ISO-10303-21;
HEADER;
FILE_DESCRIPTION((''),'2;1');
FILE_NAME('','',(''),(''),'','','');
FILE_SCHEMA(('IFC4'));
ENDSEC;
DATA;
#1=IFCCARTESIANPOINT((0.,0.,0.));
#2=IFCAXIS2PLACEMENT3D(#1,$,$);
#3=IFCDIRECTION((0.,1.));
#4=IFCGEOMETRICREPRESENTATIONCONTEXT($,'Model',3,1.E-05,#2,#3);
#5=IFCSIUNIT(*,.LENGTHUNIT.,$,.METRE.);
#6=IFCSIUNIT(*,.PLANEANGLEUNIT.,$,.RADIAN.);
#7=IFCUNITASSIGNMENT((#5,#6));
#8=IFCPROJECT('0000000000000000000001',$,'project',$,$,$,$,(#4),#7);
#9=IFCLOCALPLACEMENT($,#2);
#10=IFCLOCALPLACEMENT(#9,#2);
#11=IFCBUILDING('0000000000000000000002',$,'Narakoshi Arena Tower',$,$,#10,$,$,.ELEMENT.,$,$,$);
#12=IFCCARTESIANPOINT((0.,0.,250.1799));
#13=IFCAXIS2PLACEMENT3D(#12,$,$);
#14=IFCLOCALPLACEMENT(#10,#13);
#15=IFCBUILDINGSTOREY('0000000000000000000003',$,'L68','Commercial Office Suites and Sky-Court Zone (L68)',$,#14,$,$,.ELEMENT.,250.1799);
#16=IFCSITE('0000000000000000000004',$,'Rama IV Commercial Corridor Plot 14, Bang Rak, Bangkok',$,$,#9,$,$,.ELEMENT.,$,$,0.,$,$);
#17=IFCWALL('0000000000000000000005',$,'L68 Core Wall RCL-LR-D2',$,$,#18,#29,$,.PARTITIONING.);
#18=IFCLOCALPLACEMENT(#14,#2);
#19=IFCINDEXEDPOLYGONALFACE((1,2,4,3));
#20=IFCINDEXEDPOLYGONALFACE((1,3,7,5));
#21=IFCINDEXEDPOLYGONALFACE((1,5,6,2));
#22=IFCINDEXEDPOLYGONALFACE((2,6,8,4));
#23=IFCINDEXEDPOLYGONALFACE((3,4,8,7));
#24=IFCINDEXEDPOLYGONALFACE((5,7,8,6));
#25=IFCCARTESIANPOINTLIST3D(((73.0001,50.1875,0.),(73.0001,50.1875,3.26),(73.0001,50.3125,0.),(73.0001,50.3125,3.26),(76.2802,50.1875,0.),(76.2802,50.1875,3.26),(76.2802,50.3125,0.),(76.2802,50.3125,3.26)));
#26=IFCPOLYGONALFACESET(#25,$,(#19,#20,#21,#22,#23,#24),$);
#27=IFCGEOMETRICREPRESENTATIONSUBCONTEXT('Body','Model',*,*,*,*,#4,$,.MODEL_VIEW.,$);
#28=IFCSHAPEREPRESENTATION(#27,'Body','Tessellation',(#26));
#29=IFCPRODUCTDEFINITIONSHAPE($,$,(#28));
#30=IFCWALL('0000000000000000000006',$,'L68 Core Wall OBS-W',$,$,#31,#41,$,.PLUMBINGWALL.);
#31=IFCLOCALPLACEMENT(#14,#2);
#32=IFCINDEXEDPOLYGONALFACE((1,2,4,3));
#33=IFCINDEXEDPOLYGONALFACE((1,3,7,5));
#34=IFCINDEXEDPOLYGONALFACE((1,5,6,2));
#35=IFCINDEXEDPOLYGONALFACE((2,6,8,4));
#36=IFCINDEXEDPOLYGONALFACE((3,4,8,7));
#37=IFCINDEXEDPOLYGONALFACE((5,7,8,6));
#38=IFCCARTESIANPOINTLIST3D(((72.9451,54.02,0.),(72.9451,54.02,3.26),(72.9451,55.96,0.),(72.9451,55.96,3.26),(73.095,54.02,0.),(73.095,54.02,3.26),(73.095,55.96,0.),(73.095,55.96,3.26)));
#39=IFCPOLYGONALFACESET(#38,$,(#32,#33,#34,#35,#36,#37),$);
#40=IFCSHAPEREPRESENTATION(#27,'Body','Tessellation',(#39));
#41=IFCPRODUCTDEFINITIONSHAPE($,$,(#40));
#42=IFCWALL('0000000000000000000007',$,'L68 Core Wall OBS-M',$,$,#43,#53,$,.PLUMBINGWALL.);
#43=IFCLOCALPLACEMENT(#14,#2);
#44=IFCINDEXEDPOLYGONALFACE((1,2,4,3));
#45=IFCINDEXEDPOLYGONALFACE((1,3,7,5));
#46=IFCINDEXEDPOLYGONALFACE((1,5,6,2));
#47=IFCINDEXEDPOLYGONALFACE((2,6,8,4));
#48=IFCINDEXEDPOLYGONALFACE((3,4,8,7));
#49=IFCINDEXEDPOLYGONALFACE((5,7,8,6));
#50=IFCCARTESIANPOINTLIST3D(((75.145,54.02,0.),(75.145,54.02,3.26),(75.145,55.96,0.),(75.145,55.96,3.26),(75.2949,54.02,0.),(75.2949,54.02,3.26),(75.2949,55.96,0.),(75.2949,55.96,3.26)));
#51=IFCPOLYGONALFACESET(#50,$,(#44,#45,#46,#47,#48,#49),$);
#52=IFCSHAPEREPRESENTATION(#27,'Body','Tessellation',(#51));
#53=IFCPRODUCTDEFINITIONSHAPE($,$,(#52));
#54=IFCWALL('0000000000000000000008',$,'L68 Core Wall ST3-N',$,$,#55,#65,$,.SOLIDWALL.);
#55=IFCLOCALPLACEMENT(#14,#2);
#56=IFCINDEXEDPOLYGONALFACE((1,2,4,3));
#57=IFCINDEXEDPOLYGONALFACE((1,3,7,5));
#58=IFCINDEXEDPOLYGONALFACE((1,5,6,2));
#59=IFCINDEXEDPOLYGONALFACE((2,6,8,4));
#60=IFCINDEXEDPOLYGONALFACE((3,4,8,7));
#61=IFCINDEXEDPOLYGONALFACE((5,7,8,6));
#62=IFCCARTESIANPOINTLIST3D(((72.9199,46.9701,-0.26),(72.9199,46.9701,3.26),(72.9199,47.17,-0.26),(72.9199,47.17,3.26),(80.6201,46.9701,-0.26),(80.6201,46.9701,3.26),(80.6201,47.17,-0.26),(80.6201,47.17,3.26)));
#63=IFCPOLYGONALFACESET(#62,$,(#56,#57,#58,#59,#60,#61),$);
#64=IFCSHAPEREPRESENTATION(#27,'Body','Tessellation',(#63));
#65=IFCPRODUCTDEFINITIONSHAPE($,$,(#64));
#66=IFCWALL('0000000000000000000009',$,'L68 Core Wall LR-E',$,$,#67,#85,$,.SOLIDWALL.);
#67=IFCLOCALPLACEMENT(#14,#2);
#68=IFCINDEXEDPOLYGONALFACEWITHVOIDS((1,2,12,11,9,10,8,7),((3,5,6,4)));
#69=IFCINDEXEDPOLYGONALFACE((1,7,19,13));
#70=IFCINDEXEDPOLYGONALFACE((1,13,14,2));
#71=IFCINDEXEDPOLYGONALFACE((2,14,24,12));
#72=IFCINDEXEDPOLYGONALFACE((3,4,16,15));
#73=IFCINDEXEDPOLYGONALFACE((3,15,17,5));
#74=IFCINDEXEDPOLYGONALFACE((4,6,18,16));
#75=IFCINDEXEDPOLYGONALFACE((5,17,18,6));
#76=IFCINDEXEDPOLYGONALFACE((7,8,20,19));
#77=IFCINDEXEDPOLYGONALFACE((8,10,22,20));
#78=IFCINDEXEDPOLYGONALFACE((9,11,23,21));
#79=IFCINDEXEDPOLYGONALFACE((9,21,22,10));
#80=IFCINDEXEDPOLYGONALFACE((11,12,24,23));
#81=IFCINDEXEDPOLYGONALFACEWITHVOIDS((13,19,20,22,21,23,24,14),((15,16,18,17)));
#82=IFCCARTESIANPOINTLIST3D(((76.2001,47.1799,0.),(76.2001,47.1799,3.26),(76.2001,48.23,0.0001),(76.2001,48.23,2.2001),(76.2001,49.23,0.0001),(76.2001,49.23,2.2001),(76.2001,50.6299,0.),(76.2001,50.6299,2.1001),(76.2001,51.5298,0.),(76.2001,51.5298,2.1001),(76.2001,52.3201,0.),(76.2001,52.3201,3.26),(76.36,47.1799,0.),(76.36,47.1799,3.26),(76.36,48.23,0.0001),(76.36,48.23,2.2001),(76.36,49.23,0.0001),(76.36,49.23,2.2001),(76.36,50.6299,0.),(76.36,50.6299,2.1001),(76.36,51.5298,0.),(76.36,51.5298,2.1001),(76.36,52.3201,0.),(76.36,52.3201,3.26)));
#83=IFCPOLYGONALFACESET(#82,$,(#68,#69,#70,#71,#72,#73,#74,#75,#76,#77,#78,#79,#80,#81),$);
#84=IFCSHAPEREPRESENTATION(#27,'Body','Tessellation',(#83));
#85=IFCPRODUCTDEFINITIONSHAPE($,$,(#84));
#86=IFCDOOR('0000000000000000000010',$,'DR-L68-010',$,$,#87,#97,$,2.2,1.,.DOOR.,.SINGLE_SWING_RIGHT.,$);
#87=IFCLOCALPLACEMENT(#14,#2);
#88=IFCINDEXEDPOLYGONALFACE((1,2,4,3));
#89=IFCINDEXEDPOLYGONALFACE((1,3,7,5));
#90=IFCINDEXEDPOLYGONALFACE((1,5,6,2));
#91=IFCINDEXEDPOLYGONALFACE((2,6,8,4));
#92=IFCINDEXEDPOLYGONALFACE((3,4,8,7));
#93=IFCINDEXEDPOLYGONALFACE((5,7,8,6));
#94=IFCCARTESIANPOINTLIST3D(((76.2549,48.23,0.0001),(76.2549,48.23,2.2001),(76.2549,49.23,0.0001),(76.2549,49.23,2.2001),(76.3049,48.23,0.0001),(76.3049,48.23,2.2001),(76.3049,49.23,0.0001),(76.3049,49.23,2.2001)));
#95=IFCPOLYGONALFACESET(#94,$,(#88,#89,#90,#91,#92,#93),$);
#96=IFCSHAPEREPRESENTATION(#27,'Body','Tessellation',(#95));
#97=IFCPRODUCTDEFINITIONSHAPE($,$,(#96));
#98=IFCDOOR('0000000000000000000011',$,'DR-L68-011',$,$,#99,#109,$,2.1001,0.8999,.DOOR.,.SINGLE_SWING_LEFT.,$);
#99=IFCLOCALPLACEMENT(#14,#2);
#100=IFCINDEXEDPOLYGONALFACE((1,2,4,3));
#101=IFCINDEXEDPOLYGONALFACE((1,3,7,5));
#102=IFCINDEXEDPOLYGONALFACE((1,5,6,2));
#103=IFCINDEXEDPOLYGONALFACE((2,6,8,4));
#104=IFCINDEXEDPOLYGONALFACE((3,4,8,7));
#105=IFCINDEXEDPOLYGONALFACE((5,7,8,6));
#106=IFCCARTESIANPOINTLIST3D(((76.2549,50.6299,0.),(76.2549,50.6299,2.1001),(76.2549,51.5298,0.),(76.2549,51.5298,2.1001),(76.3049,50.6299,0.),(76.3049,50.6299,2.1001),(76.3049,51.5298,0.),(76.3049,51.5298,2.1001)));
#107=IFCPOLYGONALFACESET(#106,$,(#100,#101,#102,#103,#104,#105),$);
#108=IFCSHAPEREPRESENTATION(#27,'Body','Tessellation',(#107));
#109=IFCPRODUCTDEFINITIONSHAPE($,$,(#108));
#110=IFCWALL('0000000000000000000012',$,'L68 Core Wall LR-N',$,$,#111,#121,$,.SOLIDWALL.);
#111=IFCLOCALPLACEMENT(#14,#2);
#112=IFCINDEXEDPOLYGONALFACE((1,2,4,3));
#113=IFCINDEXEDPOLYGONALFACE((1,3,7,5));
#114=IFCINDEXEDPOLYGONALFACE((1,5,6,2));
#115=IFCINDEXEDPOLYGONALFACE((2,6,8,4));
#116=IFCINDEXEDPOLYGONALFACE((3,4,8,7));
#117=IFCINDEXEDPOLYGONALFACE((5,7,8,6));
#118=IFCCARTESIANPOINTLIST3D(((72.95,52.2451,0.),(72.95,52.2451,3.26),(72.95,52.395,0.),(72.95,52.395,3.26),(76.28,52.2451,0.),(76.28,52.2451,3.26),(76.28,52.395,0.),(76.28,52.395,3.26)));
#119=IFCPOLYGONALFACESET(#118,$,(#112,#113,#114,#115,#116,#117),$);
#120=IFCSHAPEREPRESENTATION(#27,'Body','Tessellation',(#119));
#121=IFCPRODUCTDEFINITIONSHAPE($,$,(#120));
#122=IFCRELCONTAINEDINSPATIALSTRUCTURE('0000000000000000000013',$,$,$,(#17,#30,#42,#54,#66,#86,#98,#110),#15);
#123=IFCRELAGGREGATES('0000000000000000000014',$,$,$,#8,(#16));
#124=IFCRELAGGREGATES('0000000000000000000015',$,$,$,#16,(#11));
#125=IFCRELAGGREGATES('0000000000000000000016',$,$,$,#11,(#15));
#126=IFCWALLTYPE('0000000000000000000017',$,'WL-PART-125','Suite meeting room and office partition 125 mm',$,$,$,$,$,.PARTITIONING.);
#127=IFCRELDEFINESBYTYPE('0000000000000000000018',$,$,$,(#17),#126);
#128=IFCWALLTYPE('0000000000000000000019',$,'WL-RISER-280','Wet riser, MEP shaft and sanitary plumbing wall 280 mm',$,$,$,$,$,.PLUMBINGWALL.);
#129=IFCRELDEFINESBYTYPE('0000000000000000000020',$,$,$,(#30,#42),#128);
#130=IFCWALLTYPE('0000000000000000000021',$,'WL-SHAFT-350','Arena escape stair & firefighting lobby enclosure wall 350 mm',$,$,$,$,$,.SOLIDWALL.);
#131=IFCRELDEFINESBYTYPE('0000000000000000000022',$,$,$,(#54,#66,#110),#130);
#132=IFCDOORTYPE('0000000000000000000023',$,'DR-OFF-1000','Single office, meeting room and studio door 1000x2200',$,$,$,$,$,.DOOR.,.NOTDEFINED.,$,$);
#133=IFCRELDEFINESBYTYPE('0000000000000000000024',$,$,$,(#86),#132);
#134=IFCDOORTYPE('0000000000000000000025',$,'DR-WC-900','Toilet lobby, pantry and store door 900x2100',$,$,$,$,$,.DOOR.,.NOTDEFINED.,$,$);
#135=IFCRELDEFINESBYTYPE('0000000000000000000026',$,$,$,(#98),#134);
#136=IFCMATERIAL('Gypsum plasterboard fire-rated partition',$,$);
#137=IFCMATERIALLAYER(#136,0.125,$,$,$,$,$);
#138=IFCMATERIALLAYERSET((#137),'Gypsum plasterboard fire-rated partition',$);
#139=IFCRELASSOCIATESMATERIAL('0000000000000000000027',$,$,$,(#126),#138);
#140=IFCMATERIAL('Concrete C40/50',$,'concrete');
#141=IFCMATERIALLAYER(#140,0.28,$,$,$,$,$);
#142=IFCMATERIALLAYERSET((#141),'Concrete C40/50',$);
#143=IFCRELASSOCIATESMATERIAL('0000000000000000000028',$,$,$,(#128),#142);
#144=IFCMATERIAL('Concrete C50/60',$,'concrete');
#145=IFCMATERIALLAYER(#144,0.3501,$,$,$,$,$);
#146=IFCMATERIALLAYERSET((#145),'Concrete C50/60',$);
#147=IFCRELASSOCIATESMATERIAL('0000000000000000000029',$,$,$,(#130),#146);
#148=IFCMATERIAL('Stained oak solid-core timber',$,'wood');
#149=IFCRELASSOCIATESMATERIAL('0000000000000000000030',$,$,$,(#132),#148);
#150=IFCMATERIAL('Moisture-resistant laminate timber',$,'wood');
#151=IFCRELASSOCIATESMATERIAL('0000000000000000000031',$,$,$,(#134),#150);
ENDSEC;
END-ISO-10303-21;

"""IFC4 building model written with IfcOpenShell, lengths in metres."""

from ifc_helpers import new_model, si_unit, direction, frame, frame_2d, origin, place, context, subcontext, project, spatial, rectangle, extrude, material, layer, layer_set, type_object, element, fill, save


model = new_model("IFC4")

# Units and contexts
model_context = context("Model", 3, precision=1e-05, world=origin(), true_north=direction((0.0, 1.0)))
body_context = subcontext(model_context, "Body", "Model", "MODEL_VIEW")
ifc_project = project(units=[si_unit("LENGTHUNIT", "METRE"), si_unit("PLANEANGLEUNIT", "RADIAN")], contexts=[model_context])

# Site, building, storey
site_placement = place(None, origin())
site = spatial("IfcSite", under=ifc_project, at=site_placement, Name="Rama IV Commercial Corridor Plot 14, Bang Rak, Bangkok", CompositionType="ELEMENT", RefElevation=0.0)
building_placement = place(site_placement, origin())
building = spatial("IfcBuilding", under=site, at=building_placement, Name="Narakoshi Arena Tower", CompositionType="ELEMENT")
storey_placement = place(building_placement, frame((0.0, 0.0, 250.1799)))
storey = spatial("IfcBuildingStorey", under=building, at=storey_placement, Name="L68", Description="Commercial Office Suites and Sky-Court Zone (L68)", CompositionType="ELEMENT", Elevation=250.1799)

# Walls
ifc_material_1 = material(Name="Gypsum plasterboard fire-rated partition")
ifc_layer_1 = layer(ifc_material_1, 0.125)
ifc_layer_set_1 = layer_set([ifc_layer_1], Name="Gypsum plasterboard fire-rated partition")
wall_type_1 = type_object("IfcWallType", Name="WL-PART-125", Description="Suite meeting room and office partition 125 mm", PredefinedType="PARTITIONING", material=ifc_layer_set_1)
wall_1_placement = place(storey_placement, frame((73.0, 50.25, 0.0), z_axis=(0.0, 0.0, 1.0), x_axis=(1.0, 0.0, 0.0)))
element("IfcWall", 1, at=wall_1_placement, inside=storey, type_object=wall_type_1, Name="L68 Core Wall RCL-LR-D2", PredefinedType="PARTITIONING", context=body_context, shape_type="SweptSolid", body=[
    extrude(rectangle(XDim=3.28, YDim=0.125, at=frame_2d((1.6401, 0.0))), origin(), (0.0, 0.0, 1.0), 3.26),
])
ifc_material_2 = material(Name="Concrete C40/50", Category="concrete")
ifc_layer_2 = layer(ifc_material_2, 0.28)
ifc_layer_set_2 = layer_set([ifc_layer_2], Name="Concrete C40/50")
wall_type_2 = type_object("IfcWallType", Name="WL-RISER-280", Description="Wet riser, MEP shaft and sanitary plumbing wall 280 mm", PredefinedType="PLUMBINGWALL", material=ifc_layer_set_2)
for number, where, z_axis, x_axis, name in (
    (2, (73.02, 54.02, 0.0), (0.0, 0.0, 1.0), (0.0, 1.0, 0.0), "L68 Core Wall OBS-W"),
    (3, (75.22, 54.02, 0.0), (0.0, 0.0, 1.0), (0.0, 1.0, 0.0), "L68 Core Wall OBS-M"),
):
    element("IfcWall", number, at=place(storey_placement, frame(where, z_axis=z_axis, x_axis=x_axis)), inside=storey, type_object=wall_type_2, Name=name, PredefinedType="PLUMBINGWALL", context=body_context, shape_type="SweptSolid", body=[
        extrude(rectangle(XDim=1.9399, YDim=0.1499, at=frame_2d((0.97, 0.0))), origin(), (0.0, 0.0, 1.0), 3.26),
    ])
ifc_material_3 = material(Name="Concrete C50/60", Category="concrete")
ifc_layer_3 = layer(ifc_material_3, 0.3501)
ifc_layer_set_3 = layer_set([ifc_layer_3], Name="Concrete C50/60")
wall_type_3 = type_object("IfcWallType", Name="WL-SHAFT-350", Description="Arena escape stair & firefighting lobby enclosure wall 350 mm", PredefinedType="SOLIDWALL", material=ifc_layer_set_3)
wall_2_placement = place(storey_placement, frame((72.9199, 47.0701, -0.26), z_axis=(0.0, 0.0, 1.0), x_axis=(1.0, 0.0, 0.0)))
element("IfcWall", 4, at=wall_2_placement, inside=storey, type_object=wall_type_3, Name="L68 Core Wall ST3-N", PredefinedType="SOLIDWALL", context=body_context, shape_type="SweptSolid", body=[
    extrude(rectangle(XDim=7.7002, YDim=0.2, at=frame_2d((3.8501, 0.0))), origin(), (0.0, 0.0, 1.0), 3.52),
])

# Wall, openings, doors
wall_3_placement = place(storey_placement, frame((76.28, 47.1799, 0.0), z_axis=(0.0, 0.0, 1.0), x_axis=(0.0, 1.0, 0.0)))
wall_3 = element("IfcWall", 5, at=wall_3_placement, inside=storey, type_object=wall_type_3, Name="L68 Core Wall LR-E", PredefinedType="SOLIDWALL", context=body_context, shape_type="SweptSolid", body=[
    extrude(rectangle(XDim=5.1401, YDim=0.1599, at=frame_2d((2.5701, 0.0))), origin(), (0.0, 0.0, 1.0), 3.26),
])
opening_1_placement = place(wall_3_placement, frame((1.05, 0.0, 0.0)))
opening_1 = element("IfcOpeningElement", 6, at=opening_1_placement, cuts=wall_3, PredefinedType="OPENING", context=body_context, shape_type="SweptSolid", body=[
    extrude(rectangle(XDim=1.0, YDim=2.2, at=frame_2d((0.5, 1.1001))), frame((0.0, 0.0898, 0.0), z_axis=(0.0, -1.0, 0.0), x_axis=(1.0, 0.0, 0.0)), (0.0, 0.0, 1.0), 0.1799),
])
opening_2_placement = place(wall_3_placement, frame((3.45, 0.0, 0.0)))
opening_2 = element("IfcOpeningElement", 7, at=opening_2_placement, cuts=wall_3, PredefinedType="OPENING", context=body_context, shape_type="SweptSolid", body=[
    extrude(rectangle(XDim=0.8999, YDim=2.1001, at=frame_2d((0.45, 1.05))), frame((0.0, 0.0898, 0.0), z_axis=(0.0, -1.0, 0.0), x_axis=(1.0, 0.0, 0.0)), (0.0, 0.0, 1.0), 0.1799),
])
ifc_material_4 = material(Name="Stained oak solid-core timber", Category="wood")
door_type_1 = type_object("IfcDoorType", Name="DR-OFF-1000", Description="Single office, meeting room and studio door 1000x2200", OperationType="NOTDEFINED", PredefinedType="DOOR", material=ifc_material_4)
door_1_placement = place(opening_1_placement, frame((1.0, 0.0, 0.0), z_axis=(0.0, 0.0, 1.0), x_axis=(-1.0, 0.0, 0.0)))
door_1 = element("IfcDoor", 8, at=door_1_placement, inside=storey, type_object=door_type_1, Name="DR-L68-010", OperationType="SINGLE_SWING_RIGHT", OverallHeight=2.2, OverallWidth=1.0, PredefinedType="DOOR", context=body_context, shape_type="SweptSolid", body=[
    extrude(rectangle(XDim=1.0, YDim=2.2, at=frame_2d((0.5, 1.1001))), frame((0.0, 0.0249, 0.0), z_axis=(0.0, -1.0, 0.0), x_axis=(1.0, 0.0, 0.0)), (0.0, 0.0, 1.0), 0.05),
])
fill(opening_1, door_1)
ifc_material_5 = material(Name="Moisture-resistant laminate timber", Category="wood")
door_type_2 = type_object("IfcDoorType", Name="DR-WC-900", Description="Toilet lobby, pantry and store door 900x2100", OperationType="NOTDEFINED", PredefinedType="DOOR", material=ifc_material_5)
door_2_placement = place(opening_2_placement, frame((0.8999, 0.0, 0.0), z_axis=(0.0, 0.0, 1.0), x_axis=(-1.0, 0.0, 0.0)))
door_2 = element("IfcDoor", 9, at=door_2_placement, inside=storey, type_object=door_type_2, Name="DR-L68-011", OperationType="SINGLE_SWING_LEFT", OverallHeight=2.1001, OverallWidth=0.8999, PredefinedType="DOOR", context=body_context, shape_type="SweptSolid", body=[
    extrude(rectangle(XDim=0.8999, YDim=2.1001, at=frame_2d((0.45, 1.05))), frame((0.0, 0.0249, 0.0), z_axis=(0.0, -1.0, 0.0), x_axis=(1.0, 0.0, 0.0)), (0.0, 0.0, 1.0), 0.05),
])
fill(opening_2, door_2)

# Wall
wall_4_placement = place(storey_placement, frame((72.95, 52.3201, 0.0), z_axis=(0.0, 0.0, 1.0), x_axis=(1.0, 0.0, 0.0)))
element("IfcWall", 10, at=wall_4_placement, inside=storey, type_object=wall_type_3, Name="L68 Core Wall LR-N", PredefinedType="SOLIDWALL", context=body_context, shape_type="SweptSolid", body=[
    extrude(rectangle(XDim=3.3301, YDim=0.1499, at=frame_2d((1.665, 0.0))), origin(), (0.0, 0.0, 1.0), 3.26),
])

save(model, "model.ifc")
